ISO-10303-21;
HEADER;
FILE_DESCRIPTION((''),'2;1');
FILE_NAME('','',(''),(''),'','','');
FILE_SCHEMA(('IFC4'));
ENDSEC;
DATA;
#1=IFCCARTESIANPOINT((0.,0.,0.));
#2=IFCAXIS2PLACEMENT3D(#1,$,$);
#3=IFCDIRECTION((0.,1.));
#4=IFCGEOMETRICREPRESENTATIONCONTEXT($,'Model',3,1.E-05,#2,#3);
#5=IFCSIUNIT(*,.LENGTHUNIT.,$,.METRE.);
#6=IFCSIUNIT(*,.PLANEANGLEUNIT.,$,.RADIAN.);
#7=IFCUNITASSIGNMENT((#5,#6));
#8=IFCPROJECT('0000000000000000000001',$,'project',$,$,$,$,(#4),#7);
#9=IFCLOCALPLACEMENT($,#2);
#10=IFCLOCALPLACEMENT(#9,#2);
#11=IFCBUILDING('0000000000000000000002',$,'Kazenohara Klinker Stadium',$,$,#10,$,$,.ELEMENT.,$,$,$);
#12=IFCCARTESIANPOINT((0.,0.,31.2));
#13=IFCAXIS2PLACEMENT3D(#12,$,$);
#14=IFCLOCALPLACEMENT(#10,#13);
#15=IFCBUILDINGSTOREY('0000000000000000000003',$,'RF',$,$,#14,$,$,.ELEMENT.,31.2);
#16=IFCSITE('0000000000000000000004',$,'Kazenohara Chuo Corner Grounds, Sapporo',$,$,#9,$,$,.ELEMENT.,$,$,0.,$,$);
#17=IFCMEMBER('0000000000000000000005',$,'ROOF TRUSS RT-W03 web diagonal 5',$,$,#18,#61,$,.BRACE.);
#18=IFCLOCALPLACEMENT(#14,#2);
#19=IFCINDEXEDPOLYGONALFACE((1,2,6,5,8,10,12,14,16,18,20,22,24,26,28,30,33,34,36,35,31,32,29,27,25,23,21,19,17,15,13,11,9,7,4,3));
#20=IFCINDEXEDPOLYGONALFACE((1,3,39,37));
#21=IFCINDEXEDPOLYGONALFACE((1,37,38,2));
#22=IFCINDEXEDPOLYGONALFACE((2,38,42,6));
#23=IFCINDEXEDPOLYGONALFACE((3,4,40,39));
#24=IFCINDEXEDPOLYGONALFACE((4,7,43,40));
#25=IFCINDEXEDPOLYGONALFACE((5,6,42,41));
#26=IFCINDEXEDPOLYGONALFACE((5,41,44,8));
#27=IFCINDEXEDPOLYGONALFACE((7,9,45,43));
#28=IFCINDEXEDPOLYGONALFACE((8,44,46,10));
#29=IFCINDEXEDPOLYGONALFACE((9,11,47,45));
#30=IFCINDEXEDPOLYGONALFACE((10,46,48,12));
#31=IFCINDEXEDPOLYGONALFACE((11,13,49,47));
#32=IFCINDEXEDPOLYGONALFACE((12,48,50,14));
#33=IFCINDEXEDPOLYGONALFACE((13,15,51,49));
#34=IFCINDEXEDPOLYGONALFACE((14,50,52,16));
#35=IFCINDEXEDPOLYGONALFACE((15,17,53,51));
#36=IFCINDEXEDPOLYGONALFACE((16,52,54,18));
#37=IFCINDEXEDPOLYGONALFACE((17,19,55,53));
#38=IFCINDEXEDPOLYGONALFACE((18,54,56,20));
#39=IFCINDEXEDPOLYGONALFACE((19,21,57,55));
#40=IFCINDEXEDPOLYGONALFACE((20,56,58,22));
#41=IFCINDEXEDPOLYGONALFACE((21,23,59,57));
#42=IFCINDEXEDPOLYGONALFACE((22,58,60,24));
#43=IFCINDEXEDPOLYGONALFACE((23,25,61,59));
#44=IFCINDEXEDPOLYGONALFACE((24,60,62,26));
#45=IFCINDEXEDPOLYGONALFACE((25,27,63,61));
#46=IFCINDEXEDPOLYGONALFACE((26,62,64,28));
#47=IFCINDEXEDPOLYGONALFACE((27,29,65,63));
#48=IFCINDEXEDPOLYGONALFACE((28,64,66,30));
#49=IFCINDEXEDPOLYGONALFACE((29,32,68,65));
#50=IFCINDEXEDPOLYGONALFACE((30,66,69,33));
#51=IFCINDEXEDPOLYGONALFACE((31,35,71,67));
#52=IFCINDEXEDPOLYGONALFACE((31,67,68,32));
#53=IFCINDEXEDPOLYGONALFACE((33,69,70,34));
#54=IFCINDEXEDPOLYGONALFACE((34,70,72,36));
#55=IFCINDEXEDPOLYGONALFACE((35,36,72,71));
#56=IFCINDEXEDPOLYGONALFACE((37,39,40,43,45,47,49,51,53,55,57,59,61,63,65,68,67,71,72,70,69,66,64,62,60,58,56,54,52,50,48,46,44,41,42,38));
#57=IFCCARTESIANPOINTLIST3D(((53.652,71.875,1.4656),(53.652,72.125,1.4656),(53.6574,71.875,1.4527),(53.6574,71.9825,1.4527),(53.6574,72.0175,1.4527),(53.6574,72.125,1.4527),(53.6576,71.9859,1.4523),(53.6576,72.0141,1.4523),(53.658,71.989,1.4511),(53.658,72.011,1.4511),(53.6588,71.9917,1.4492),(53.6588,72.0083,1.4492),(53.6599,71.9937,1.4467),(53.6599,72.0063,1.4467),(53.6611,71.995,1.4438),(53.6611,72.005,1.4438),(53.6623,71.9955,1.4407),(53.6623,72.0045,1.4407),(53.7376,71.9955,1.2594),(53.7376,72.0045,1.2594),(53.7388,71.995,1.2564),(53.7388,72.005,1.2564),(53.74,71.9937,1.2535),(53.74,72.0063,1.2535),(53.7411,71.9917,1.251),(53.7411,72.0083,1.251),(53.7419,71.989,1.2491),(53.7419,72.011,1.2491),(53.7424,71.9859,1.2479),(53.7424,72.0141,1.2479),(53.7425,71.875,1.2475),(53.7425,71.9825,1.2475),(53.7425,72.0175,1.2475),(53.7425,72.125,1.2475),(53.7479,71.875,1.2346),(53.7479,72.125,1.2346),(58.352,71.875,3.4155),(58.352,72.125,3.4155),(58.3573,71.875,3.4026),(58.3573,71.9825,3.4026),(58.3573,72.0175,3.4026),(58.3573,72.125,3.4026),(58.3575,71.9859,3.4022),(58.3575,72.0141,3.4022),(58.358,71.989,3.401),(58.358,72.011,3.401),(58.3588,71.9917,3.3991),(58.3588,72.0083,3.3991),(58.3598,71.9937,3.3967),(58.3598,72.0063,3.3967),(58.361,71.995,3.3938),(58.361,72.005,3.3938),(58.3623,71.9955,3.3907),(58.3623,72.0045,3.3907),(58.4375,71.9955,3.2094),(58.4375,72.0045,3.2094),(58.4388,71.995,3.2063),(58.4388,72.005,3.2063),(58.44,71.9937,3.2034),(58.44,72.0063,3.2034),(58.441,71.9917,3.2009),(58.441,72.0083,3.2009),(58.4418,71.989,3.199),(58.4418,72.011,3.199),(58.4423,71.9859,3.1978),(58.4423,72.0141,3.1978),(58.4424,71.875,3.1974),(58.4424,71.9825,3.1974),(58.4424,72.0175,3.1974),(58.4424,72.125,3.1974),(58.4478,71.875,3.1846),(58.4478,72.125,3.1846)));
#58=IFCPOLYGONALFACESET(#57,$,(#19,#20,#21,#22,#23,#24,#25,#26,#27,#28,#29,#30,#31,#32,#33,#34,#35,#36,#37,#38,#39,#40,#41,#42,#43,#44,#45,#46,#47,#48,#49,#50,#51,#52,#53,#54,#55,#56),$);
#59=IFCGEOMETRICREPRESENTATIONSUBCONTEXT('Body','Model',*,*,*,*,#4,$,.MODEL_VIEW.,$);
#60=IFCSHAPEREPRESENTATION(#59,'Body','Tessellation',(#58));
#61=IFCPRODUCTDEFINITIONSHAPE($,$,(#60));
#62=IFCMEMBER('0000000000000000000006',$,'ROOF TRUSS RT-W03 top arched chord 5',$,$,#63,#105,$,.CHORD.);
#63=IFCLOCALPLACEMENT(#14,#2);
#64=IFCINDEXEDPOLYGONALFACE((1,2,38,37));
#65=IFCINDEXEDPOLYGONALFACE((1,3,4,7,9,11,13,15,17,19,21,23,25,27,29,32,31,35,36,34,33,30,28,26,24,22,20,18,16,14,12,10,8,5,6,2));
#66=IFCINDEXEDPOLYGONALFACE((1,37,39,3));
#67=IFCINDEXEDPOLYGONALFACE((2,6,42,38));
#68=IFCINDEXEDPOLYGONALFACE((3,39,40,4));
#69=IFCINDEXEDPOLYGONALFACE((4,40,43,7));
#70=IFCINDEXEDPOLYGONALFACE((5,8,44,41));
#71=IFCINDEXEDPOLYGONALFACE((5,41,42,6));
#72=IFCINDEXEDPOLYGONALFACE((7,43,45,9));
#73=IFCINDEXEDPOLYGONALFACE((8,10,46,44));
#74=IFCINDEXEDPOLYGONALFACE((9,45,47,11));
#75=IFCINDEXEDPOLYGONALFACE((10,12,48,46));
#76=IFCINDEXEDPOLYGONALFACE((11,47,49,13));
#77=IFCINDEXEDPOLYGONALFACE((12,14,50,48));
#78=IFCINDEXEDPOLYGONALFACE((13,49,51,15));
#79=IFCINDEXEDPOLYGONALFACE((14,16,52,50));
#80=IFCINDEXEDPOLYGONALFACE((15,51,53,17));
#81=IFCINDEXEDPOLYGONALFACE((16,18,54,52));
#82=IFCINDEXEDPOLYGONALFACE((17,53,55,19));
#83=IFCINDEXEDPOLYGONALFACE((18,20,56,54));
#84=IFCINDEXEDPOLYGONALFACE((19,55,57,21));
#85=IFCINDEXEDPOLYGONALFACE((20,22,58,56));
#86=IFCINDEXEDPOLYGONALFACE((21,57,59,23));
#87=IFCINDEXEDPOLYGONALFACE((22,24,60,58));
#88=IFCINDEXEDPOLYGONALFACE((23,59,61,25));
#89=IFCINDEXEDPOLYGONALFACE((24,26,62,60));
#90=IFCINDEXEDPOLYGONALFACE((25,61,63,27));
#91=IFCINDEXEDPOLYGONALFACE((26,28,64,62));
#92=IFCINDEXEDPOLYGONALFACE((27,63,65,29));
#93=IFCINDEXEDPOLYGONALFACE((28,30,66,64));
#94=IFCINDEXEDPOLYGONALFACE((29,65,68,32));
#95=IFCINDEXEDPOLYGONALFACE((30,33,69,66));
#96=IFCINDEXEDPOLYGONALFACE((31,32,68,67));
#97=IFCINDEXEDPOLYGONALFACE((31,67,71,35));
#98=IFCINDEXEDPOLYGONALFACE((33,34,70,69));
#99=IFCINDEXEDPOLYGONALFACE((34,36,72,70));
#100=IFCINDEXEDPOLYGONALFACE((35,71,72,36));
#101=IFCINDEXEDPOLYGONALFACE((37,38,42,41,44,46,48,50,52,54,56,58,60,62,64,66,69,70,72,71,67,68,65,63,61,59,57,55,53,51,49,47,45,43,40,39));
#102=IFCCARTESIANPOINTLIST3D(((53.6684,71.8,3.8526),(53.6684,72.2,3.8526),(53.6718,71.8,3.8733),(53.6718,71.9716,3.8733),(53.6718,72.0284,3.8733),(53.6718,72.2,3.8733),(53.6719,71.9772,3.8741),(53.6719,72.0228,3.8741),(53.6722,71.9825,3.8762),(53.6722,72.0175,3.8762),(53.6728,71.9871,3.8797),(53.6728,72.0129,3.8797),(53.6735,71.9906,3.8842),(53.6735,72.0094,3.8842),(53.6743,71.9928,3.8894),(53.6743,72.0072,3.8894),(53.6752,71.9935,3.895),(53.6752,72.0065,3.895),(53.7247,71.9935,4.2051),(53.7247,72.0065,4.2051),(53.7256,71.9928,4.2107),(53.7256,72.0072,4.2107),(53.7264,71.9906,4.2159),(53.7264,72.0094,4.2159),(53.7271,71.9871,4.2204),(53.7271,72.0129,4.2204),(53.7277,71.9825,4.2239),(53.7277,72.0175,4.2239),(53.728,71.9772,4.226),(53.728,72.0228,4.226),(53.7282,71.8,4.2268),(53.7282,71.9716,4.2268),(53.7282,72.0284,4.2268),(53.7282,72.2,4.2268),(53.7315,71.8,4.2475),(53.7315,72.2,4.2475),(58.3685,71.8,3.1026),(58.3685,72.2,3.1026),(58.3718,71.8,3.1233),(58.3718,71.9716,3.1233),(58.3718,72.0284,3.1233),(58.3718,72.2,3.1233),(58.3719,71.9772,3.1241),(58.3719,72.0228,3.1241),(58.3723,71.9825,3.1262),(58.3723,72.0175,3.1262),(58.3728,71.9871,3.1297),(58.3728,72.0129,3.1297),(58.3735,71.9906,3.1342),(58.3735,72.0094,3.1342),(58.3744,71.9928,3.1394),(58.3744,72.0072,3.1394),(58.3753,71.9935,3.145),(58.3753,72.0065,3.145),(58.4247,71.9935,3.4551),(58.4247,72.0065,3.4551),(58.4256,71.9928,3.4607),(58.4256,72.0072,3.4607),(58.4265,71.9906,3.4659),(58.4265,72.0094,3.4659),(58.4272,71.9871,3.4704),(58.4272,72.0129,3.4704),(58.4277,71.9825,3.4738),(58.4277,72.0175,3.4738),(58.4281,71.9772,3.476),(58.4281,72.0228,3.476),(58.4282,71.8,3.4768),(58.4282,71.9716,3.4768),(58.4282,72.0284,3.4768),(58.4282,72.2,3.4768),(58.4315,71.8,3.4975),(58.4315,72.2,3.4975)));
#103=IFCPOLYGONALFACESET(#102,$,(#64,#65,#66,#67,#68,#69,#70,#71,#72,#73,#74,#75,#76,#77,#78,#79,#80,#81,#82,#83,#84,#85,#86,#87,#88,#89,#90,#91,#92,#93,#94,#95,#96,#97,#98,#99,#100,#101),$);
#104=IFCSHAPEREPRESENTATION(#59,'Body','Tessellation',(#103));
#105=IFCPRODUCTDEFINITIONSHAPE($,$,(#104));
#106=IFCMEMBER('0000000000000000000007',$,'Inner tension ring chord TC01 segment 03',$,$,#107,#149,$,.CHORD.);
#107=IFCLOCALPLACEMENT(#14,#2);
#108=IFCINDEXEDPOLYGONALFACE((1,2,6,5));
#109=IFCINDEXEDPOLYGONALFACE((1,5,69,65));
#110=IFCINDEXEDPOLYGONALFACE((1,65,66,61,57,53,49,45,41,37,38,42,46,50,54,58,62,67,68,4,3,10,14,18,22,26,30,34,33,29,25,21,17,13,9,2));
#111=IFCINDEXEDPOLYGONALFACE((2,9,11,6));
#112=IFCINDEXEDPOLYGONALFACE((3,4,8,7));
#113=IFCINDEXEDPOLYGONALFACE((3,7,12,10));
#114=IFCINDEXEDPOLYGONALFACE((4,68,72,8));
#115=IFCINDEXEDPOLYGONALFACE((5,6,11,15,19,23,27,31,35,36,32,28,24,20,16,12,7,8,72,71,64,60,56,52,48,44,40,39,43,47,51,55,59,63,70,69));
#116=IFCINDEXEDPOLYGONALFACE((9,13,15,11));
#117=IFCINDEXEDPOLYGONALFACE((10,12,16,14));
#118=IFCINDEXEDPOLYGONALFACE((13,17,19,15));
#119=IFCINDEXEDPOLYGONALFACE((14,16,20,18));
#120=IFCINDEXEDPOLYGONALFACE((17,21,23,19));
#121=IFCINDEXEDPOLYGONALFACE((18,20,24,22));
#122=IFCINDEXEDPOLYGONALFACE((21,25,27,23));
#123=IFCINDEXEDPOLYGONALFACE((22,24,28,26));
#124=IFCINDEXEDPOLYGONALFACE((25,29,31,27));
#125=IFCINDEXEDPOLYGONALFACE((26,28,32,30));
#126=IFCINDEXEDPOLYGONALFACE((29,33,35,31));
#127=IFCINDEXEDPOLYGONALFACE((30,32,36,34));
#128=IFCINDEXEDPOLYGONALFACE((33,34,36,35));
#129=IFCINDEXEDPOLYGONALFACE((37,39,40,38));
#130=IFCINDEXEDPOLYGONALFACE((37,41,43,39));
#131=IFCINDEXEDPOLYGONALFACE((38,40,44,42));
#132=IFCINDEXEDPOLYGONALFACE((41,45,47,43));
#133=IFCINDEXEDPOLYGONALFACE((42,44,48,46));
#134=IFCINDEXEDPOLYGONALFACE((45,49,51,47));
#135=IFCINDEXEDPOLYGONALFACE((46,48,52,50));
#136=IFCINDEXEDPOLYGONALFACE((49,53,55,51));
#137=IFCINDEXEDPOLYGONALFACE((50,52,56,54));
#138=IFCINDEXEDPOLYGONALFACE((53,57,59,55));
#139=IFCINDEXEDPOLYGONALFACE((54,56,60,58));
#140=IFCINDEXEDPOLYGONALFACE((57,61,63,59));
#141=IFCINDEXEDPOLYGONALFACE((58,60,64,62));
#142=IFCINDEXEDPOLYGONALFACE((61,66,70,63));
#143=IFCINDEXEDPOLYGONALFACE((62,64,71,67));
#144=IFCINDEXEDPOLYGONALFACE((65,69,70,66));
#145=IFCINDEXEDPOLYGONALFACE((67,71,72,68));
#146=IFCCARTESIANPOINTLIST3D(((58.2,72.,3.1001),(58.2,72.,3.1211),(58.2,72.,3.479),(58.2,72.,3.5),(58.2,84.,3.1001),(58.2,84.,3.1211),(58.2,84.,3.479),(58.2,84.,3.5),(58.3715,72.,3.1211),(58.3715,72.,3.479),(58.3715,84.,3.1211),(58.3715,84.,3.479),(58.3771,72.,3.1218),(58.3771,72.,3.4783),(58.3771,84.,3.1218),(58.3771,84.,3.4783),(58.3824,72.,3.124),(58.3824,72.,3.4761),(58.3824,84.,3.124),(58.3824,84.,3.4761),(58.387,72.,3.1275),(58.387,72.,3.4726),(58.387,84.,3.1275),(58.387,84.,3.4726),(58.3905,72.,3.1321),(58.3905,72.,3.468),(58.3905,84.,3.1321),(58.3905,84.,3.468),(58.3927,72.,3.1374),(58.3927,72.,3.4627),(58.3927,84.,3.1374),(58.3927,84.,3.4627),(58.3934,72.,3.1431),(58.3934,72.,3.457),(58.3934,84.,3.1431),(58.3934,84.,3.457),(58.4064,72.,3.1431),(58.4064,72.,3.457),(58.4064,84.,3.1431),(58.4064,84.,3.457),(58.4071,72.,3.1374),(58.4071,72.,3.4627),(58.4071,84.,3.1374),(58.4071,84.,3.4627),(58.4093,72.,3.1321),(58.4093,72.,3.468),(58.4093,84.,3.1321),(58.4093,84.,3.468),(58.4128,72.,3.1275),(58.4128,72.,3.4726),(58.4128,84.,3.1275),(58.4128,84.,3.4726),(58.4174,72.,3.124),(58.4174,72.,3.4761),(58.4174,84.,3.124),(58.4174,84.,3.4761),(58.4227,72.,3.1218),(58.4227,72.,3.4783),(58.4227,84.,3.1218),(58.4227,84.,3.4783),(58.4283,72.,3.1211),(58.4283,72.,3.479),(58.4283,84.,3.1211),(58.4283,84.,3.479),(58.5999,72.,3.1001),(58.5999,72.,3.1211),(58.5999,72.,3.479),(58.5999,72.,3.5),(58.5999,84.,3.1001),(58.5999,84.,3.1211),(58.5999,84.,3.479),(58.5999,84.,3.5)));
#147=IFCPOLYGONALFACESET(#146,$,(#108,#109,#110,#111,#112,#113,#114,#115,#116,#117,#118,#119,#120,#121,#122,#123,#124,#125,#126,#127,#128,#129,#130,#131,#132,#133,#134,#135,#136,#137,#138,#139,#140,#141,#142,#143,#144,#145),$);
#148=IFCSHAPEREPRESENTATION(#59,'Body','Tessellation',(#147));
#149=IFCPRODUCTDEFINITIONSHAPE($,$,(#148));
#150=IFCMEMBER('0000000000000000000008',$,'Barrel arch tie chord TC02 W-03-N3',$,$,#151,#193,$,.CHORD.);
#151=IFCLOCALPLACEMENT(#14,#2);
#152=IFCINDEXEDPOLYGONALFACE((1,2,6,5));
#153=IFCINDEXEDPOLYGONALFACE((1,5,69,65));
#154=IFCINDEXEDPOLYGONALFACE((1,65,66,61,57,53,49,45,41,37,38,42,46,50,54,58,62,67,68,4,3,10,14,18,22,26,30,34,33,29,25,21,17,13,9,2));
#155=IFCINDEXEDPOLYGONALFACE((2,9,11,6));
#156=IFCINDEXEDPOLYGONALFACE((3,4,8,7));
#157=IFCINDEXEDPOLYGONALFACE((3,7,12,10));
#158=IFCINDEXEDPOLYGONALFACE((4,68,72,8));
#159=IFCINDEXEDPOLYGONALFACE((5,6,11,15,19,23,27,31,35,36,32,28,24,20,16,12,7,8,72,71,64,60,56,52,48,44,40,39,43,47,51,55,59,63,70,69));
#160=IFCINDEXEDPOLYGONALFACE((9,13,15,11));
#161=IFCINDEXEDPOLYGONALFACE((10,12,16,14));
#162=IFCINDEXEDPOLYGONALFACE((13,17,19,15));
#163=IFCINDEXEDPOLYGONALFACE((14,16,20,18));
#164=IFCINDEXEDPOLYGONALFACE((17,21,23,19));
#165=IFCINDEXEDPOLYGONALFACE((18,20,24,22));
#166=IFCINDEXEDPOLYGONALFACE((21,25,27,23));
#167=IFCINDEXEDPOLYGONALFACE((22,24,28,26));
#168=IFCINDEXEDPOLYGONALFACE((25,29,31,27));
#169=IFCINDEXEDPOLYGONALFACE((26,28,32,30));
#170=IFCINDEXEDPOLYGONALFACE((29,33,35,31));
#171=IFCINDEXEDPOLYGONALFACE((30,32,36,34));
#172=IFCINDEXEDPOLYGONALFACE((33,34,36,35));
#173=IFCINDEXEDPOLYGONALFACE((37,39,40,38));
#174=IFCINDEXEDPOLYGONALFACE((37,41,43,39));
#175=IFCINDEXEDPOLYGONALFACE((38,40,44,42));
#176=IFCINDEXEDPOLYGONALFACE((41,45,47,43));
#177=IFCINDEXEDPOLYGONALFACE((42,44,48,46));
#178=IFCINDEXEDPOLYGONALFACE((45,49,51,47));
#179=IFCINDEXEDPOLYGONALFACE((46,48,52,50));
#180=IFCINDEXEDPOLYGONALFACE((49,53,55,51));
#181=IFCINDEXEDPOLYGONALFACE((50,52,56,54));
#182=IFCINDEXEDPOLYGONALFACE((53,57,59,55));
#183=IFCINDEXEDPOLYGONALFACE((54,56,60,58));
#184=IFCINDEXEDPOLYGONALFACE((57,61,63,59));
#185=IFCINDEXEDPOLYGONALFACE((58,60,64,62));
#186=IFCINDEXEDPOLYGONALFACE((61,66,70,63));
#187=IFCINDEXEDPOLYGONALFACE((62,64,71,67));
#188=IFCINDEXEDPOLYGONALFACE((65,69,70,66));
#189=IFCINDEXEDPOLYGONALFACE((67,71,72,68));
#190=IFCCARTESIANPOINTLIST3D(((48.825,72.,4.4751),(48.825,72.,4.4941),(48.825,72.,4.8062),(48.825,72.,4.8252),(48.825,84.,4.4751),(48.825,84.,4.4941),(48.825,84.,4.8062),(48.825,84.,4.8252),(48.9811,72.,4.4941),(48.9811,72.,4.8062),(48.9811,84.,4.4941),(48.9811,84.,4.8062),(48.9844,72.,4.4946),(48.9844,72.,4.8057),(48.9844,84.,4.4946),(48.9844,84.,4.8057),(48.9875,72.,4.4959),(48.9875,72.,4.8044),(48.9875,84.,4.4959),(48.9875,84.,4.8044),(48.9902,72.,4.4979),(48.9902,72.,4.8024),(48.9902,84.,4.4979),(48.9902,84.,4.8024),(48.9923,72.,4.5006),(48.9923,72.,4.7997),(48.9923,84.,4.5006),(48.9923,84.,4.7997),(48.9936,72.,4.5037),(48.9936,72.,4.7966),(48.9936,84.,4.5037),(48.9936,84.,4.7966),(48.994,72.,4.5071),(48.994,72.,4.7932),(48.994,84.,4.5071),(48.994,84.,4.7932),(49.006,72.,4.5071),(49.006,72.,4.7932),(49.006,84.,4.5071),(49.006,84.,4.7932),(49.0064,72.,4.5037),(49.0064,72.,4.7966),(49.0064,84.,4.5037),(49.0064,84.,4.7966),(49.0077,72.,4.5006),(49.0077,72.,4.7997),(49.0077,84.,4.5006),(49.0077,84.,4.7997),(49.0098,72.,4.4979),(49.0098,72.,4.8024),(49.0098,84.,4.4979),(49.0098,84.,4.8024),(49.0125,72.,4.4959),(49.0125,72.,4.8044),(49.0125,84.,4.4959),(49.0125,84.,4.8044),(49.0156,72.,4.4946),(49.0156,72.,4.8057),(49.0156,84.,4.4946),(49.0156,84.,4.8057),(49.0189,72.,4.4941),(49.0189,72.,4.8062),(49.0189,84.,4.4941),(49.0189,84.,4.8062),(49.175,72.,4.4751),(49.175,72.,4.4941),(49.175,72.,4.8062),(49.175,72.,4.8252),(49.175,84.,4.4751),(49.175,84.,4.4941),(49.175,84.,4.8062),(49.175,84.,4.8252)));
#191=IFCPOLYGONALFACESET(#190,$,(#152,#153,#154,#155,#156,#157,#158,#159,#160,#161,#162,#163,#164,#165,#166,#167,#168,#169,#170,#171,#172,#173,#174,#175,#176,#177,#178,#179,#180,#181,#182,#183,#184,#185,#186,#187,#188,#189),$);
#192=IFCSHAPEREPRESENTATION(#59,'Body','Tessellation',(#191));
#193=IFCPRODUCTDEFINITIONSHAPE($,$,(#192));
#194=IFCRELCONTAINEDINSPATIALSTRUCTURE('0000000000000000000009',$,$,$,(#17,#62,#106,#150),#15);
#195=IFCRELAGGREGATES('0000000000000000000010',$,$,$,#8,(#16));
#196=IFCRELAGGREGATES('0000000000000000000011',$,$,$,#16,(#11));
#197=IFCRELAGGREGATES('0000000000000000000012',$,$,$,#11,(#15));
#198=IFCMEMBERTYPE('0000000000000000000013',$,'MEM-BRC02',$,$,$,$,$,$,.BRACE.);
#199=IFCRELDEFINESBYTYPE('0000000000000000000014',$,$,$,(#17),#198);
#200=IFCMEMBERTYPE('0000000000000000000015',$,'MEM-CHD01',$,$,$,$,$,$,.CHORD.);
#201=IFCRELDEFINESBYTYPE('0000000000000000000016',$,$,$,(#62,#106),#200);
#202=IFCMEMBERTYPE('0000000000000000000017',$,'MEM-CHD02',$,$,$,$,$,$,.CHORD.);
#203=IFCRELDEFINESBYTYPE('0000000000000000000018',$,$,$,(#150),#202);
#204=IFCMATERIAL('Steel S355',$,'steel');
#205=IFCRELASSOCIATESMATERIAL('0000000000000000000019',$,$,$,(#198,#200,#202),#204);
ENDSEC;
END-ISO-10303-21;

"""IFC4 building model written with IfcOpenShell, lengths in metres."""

from ifc_helpers import new_model, si_unit, direction, frame, origin, origin_2d, place, context, subcontext, project, spatial, i_section, extrude, material, material_profile, profile_set, type_object, element, save


model = new_model("IFC4")

# Units and contexts
model_context = context("Model", 3, precision=1e-05, world=origin(), true_north=direction((0.0, 1.0)))
body_context = subcontext(model_context, "Body", "Model", "MODEL_VIEW")
ifc_project = project(units=[si_unit("LENGTHUNIT", "METRE"), si_unit("PLANEANGLEUNIT", "RADIAN")], contexts=[model_context])

# Site, building, storey
site_placement = place(None, origin())
site = spatial("IfcSite", under=ifc_project, at=site_placement, Name="Kazenohara Chuo Corner Grounds, Sapporo", CompositionType="ELEMENT", RefElevation=0.0)
building_placement = place(site_placement, origin())
building = spatial("IfcBuilding", under=site, at=building_placement, Name="Kazenohara Klinker Stadium", CompositionType="ELEMENT")
storey_placement = place(building_placement, frame((0.0, 0.0, 31.2)))
storey = spatial("IfcBuildingStorey", under=building, at=storey_placement, Name="RF", CompositionType="ELEMENT", Elevation=31.2)

# Members
ifc_material_1 = material(Name="Steel S355", Category="steel")
ifc_material_profile_1 = material_profile(ifc_material_1, i_section(OverallWidth=0.25, OverallDepth=0.25, WebThickness=0.009, FlangeThickness=0.0139, FilletRadius=0.0129, at=origin_2d()), Name="H-250x250x9x14")
ifc_profile_set_1 = profile_set([ifc_material_profile_1], Name="Steel S355")
member_type_1 = type_object("IfcMemberType", Name="MEM-BRC02", PredefinedType="BRACE", material=ifc_profile_set_1)
member_1_placement = place(storey_placement, frame((53.7, 72.0, 1.3501), z_axis=(0.923659, 0.0, 0.383215), x_axis=(0.0, 1.0, 0.0)))
element("IfcMember", 1, at=member_1_placement, inside=storey, type_object=member_type_1, Name="ROOF TRUSS RT-W03 web diagonal 5", PredefinedType="BRACE", context=body_context, shape_type="SweptSolid", body=[
    extrude(i_section(OverallWidth=0.25, OverallDepth=0.25, WebThickness=0.009, FlangeThickness=0.0139, FilletRadius=0.0129, at=origin_2d()), origin(), (0.0, 0.0, 1.0), 5.0884),
])
ifc_material_profile_2 = material_profile(ifc_material_1, i_section(OverallWidth=0.3999, OverallDepth=0.3999, WebThickness=0.0129, FlangeThickness=0.021, FilletRadius=0.022, at=origin_2d()), Name="H-400x400x13x21")
ifc_profile_set_2 = profile_set([ifc_material_profile_2], Name="Steel S355")
member_type_2 = type_object("IfcMemberType", Name="MEM-CHD01", PredefinedType="CHORD", material=ifc_profile_set_2)
member_2_placement = place(storey_placement, frame((53.7, 72.0, 4.05), z_axis=(0.987506, 0.0, -0.157582), x_axis=(0.0, 1.0, 0.0)))
element("IfcMember", 2, at=member_2_placement, inside=storey, type_object=member_type_2, Name="ROOF TRUSS RT-W03 top arched chord 5", PredefinedType="CHORD", context=body_context, shape_type="SweptSolid", body=[
    extrude(i_section(OverallWidth=0.3999, OverallDepth=0.3999, WebThickness=0.0129, FlangeThickness=0.021, FilletRadius=0.022, at=origin_2d()), origin(), (0.0, 0.0, 1.0), 4.7595),
])
member_3_placement = place(storey_placement, frame((58.3999, 72.0, 3.3), z_axis=(0.0, 1.0, 0.0), x_axis=(-1.0, 0.0, 0.0)))
element("IfcMember", 3, at=member_3_placement, inside=storey, type_object=member_type_2, Name="Inner tension ring chord TC01 segment 03", PredefinedType="CHORD", context=body_context, shape_type="SweptSolid", body=[
    extrude(i_section(OverallWidth=0.3999, OverallDepth=0.3999, WebThickness=0.0129, FlangeThickness=0.021, FilletRadius=0.022, at=origin_2d()), origin(), (0.0, 0.0, 1.0), 12.0),
])
ifc_material_profile_3 = material_profile(ifc_material_1, i_section(OverallWidth=0.3501, OverallDepth=0.3501, WebThickness=0.012, FlangeThickness=0.019, FilletRadius=0.0129, at=origin_2d()), Name="H-350x350x12x19")
ifc_profile_set_3 = profile_set([ifc_material_profile_3], Name="Steel S355")
member_type_3 = type_object("IfcMemberType", Name="MEM-CHD02", PredefinedType="CHORD", material=ifc_profile_set_3)
member_4_placement = place(storey_placement, frame((49.0, 72.0, 4.6501), z_axis=(0.0, 1.0, 0.0), x_axis=(-1.0, 0.0, 0.0)))
element("IfcMember", 4, at=member_4_placement, inside=storey, type_object=member_type_3, Name="Barrel arch tie chord TC02 W-03-N3", PredefinedType="CHORD", context=body_context, shape_type="SweptSolid", body=[
    extrude(i_section(OverallWidth=0.3501, OverallDepth=0.3501, WebThickness=0.012, FlangeThickness=0.019, FilletRadius=0.0129, at=origin_2d()), origin(), (0.0, 0.0, 1.0), 12.0),
])

save(model, "model.ifc")
